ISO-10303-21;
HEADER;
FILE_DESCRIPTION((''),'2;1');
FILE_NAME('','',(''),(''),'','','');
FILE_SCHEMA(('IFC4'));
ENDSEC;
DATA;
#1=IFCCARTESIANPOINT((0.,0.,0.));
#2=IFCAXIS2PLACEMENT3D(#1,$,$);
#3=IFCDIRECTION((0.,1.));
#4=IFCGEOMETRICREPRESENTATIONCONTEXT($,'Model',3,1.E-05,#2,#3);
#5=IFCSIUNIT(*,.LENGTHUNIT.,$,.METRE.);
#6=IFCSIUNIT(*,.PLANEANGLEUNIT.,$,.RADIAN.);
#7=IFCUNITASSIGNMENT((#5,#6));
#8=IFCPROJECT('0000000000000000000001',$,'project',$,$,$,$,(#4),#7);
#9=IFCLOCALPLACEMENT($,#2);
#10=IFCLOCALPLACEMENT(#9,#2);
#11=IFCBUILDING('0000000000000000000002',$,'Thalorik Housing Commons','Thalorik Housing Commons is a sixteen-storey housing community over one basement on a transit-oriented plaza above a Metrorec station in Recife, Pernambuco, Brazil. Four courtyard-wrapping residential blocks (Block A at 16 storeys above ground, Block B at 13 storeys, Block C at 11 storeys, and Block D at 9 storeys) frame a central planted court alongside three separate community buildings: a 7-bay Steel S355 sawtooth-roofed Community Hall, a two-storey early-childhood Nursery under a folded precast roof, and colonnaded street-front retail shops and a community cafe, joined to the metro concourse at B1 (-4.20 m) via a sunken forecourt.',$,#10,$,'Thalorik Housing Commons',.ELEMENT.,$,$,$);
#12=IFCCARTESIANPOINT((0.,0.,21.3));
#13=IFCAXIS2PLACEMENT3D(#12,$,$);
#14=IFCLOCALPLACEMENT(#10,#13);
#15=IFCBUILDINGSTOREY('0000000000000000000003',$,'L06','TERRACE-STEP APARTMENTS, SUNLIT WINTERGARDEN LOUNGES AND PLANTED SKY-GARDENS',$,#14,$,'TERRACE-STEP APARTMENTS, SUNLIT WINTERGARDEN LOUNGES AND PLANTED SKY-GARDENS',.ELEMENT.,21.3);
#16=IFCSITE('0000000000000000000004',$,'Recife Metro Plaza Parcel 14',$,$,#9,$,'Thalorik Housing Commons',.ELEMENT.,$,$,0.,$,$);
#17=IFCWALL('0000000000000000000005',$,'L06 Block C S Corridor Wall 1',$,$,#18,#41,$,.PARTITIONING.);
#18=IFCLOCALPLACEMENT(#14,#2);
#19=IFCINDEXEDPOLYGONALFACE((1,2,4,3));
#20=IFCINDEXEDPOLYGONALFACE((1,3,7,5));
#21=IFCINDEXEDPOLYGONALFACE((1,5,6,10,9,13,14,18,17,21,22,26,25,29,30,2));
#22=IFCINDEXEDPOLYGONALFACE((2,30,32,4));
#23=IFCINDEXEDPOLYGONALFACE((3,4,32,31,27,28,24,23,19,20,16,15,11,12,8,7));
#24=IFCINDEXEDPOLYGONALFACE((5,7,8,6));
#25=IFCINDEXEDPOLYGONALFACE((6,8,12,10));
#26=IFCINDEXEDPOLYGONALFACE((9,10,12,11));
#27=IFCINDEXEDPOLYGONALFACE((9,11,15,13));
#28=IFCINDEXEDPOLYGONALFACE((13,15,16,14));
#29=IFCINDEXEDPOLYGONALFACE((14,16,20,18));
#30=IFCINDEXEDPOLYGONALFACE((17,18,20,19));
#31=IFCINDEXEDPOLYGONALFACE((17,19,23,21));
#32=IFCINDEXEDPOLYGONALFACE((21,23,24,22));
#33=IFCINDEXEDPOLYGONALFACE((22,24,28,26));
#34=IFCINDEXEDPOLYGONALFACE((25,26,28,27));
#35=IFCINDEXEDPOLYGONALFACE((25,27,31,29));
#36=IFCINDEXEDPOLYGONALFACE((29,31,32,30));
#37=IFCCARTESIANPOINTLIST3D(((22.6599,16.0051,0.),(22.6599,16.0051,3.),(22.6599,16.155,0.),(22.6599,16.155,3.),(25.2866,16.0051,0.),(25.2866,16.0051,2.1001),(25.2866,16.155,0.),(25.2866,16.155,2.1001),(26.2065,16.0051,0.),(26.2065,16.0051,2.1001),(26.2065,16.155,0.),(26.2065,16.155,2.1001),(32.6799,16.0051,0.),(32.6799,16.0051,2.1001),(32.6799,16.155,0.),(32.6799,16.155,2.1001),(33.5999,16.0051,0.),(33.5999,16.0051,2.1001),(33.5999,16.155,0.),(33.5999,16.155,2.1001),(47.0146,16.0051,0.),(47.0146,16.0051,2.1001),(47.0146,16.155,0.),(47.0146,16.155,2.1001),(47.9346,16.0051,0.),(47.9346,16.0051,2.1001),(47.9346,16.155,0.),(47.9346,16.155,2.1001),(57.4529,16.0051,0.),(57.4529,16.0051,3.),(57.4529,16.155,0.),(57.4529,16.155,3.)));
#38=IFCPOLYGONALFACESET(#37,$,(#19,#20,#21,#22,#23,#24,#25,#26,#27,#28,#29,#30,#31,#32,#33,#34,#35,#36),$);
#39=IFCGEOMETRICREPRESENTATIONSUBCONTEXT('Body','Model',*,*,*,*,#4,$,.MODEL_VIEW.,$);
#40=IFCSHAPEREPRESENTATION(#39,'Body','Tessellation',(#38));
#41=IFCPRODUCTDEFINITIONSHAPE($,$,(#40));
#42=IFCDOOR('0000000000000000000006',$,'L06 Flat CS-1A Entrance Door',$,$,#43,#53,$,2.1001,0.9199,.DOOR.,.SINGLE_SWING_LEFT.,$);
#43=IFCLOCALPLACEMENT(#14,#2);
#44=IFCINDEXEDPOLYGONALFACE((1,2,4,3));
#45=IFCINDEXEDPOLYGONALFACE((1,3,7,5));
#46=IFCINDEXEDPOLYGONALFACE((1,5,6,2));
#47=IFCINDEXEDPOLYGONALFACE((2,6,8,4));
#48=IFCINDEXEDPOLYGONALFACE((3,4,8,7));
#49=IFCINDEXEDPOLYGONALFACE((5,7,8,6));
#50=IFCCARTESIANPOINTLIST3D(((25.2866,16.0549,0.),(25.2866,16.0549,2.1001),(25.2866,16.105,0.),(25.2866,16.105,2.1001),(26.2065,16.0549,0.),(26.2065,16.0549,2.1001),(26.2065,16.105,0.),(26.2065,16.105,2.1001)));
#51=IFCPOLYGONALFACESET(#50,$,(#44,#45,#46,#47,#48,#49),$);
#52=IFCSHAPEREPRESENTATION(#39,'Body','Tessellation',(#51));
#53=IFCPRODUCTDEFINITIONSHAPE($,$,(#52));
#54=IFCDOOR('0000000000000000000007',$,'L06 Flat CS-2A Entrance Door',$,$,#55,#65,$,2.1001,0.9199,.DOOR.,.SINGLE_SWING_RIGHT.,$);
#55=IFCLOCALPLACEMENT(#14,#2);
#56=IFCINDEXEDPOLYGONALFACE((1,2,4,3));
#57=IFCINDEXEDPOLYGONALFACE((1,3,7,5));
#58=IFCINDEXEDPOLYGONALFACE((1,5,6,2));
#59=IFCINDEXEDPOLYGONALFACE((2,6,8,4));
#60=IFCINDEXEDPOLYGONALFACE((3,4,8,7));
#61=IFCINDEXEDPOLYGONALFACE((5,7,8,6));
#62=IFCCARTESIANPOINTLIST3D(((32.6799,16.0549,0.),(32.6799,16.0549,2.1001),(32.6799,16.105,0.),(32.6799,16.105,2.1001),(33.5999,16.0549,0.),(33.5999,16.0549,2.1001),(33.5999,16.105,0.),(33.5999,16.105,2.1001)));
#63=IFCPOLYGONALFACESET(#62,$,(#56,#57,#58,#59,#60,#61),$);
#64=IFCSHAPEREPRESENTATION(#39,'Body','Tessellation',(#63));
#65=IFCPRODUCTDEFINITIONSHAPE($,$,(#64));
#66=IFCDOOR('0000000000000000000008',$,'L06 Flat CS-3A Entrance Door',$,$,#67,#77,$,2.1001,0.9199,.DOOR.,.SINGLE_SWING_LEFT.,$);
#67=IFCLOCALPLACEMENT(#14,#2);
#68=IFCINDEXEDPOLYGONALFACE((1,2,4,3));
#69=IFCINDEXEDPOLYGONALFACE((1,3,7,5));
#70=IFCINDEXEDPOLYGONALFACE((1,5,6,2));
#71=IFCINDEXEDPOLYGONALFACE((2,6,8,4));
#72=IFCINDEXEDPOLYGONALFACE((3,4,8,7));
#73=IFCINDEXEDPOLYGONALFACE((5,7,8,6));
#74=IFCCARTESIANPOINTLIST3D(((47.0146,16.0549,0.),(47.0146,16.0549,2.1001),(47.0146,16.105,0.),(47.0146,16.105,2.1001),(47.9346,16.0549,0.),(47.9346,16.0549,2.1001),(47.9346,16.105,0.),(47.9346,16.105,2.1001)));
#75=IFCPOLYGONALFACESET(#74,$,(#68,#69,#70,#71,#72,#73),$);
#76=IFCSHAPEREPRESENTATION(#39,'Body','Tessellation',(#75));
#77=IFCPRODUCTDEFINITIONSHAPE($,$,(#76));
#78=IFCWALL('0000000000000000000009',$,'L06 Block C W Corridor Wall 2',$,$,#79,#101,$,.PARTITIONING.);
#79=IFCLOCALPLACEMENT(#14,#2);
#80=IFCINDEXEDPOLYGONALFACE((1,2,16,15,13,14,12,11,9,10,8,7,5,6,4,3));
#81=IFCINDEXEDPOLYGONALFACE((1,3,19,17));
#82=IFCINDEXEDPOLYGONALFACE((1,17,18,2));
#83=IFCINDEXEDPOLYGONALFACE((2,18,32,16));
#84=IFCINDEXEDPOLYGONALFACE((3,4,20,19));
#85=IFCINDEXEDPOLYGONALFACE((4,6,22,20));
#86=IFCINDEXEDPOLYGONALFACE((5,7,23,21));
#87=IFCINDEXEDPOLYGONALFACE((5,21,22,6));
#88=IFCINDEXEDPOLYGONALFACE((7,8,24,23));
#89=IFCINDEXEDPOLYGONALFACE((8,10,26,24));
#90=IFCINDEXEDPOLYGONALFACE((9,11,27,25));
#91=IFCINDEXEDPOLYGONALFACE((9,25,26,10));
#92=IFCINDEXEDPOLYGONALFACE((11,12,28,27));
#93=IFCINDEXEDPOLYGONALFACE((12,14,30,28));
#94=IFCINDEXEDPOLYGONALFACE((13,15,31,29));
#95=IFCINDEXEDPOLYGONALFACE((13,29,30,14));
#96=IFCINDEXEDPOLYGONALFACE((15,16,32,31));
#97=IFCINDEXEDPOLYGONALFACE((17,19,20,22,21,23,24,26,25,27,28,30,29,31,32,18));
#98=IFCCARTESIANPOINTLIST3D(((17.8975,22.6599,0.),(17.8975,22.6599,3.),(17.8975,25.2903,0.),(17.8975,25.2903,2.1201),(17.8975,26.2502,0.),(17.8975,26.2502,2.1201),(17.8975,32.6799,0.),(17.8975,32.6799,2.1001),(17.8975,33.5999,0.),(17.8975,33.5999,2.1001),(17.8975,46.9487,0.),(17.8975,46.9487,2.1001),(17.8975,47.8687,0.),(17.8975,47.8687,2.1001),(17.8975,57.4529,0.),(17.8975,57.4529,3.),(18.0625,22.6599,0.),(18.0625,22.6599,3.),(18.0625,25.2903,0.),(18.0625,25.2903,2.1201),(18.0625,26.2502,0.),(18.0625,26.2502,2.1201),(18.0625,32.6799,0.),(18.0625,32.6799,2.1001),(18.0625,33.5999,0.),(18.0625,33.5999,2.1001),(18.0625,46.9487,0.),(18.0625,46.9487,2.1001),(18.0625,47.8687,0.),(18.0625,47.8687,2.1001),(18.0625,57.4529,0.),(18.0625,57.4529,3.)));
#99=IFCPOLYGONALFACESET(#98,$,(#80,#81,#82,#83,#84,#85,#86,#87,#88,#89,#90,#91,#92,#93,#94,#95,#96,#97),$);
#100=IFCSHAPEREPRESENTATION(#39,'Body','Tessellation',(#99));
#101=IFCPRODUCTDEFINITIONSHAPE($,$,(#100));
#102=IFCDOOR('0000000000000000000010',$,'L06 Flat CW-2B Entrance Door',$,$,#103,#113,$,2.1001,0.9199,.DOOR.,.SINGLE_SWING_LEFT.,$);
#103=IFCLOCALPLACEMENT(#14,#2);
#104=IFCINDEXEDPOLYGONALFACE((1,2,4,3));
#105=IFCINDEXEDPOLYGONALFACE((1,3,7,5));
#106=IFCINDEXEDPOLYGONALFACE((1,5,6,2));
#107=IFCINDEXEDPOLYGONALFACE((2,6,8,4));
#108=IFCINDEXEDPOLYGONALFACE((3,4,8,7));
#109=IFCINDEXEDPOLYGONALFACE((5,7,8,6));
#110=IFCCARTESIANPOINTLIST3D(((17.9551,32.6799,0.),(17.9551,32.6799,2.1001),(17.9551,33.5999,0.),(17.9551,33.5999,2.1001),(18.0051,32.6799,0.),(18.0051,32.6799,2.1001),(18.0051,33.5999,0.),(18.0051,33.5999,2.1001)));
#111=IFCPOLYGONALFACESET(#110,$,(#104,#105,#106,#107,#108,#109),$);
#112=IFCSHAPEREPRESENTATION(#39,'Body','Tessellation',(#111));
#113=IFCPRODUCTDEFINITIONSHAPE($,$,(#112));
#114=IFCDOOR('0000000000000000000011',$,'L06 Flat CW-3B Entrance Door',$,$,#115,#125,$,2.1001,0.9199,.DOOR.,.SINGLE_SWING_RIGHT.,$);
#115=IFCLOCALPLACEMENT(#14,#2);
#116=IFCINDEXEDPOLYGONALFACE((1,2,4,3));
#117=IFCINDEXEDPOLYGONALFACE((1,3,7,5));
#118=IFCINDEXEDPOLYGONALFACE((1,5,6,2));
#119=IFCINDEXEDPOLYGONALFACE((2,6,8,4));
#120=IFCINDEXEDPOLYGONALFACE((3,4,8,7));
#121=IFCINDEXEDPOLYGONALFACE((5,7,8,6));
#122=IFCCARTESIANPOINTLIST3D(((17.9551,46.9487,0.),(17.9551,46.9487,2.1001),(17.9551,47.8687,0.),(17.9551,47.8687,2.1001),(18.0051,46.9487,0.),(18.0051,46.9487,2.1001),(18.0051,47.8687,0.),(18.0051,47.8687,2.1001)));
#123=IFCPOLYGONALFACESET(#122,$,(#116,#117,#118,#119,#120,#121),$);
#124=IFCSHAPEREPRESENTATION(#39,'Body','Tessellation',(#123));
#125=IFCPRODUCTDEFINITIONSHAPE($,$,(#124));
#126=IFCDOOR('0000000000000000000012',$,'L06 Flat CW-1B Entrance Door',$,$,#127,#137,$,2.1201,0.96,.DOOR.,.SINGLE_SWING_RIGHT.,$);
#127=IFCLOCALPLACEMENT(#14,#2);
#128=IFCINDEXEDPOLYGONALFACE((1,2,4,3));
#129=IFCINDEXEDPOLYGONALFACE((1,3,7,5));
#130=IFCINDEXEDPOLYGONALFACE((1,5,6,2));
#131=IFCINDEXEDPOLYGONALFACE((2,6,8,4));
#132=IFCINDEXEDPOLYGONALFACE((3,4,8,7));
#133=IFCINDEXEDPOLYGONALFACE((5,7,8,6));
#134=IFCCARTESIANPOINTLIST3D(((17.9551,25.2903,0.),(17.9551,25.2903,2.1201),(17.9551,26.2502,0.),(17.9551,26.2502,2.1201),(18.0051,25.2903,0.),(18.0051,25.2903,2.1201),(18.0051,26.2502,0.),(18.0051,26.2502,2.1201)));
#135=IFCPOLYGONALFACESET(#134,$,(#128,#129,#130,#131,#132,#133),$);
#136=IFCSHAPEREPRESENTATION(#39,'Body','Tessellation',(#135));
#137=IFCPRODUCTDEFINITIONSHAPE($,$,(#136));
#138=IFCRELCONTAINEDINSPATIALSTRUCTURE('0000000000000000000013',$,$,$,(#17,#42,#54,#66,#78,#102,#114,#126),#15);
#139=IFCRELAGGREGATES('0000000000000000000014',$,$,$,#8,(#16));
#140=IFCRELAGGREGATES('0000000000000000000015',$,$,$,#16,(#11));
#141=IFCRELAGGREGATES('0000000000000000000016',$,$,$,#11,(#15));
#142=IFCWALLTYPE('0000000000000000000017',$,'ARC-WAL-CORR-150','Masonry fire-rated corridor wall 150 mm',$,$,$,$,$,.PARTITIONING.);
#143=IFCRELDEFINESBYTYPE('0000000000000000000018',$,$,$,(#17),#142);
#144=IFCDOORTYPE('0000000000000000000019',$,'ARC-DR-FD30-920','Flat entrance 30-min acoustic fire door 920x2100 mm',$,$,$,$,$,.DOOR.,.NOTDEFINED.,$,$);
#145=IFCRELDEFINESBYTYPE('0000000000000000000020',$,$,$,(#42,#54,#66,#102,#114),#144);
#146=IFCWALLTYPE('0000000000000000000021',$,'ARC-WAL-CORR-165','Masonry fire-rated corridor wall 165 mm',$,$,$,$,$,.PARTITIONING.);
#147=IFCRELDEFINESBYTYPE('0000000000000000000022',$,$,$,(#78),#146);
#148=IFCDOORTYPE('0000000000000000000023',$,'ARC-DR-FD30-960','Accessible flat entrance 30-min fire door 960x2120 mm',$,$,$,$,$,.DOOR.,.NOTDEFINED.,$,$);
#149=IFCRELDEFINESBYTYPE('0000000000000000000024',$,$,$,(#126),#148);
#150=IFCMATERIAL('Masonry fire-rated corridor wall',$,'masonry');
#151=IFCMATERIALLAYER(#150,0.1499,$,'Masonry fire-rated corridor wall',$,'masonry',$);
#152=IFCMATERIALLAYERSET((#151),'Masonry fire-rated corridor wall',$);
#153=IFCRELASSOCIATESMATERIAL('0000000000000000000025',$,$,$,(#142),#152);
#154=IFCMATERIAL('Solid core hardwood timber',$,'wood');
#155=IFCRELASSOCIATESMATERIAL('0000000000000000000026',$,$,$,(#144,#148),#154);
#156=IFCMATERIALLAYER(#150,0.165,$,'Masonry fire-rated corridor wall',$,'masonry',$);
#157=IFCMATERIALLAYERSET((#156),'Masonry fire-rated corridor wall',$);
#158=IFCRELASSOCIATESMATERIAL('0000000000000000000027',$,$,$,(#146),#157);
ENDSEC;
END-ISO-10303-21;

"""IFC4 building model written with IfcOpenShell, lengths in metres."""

from ifc_helpers import new_model, si_unit, direction, frame, frame_2d, origin, place, context, subcontext, project, spatial, rectangle, extrude, material, layer, layer_set, type_object, element, fill, save


model = new_model("IFC4")

# Units and contexts
model_context = context("Model", 3, precision=1e-05, world=origin(), true_north=direction((0.0, 1.0)))
body_context = subcontext(model_context, "Body", "Model", "MODEL_VIEW")
ifc_project = project(units=[si_unit("LENGTHUNIT", "METRE"), si_unit("PLANEANGLEUNIT", "RADIAN")], contexts=[model_context])

# Site, building, storey
site_placement = place(None, origin())
site = spatial("IfcSite", under=ifc_project, at=site_placement, Name="Recife Metro Plaza Parcel 14", LongName="Thalorik Housing Commons", CompositionType="ELEMENT", RefElevation=0.0)
building_placement = place(site_placement, origin())
building = spatial("IfcBuilding", under=site, at=building_placement, Name="Thalorik Housing Commons", Description="Thalorik Housing Commons is a sixteen-storey housing community over one basement on a transit-oriented plaza above a Metrorec station in Recife, Pernambuco, Brazil. Four courtyard-wrapping residential blocks (Block A at 16 storeys above ground, Block B at 13 storeys, Block C at 11 storeys, and Block D at 9 storeys) frame a central planted court alongside three separate community buildings: a 7-bay Steel S355 sawtooth-roofed Community Hall, a two-storey early-childhood Nursery under a folded precast roof, and colonnaded street-front retail shops and a community cafe, joined to the metro concourse at B1 (-4.20 m) via a sunken forecourt.", LongName="Thalorik Housing Commons", CompositionType="ELEMENT")
storey_placement = place(building_placement, frame((0.0, 0.0, 21.3)))
storey = spatial("IfcBuildingStorey", under=building, at=storey_placement, Name="L06", Description="TERRACE-STEP APARTMENTS, SUNLIT WINTERGARDEN LOUNGES AND PLANTED SKY-GARDENS", LongName="TERRACE-STEP APARTMENTS, SUNLIT WINTERGARDEN LOUNGES AND PLANTED SKY-GARDENS", CompositionType="ELEMENT", Elevation=21.3)

# Walls, openings, doors
ifc_material_1 = material(Name="Masonry fire-rated corridor wall", Category="masonry")
ifc_layer_1 = layer(ifc_material_1, 0.1499, Name="Masonry fire-rated corridor wall", Category="masonry")
ifc_layer_set_1 = layer_set([ifc_layer_1], Name="Masonry fire-rated corridor wall")
wall_type_1 = type_object("IfcWallType", Name="ARC-WAL-CORR-150", Description="Masonry fire-rated corridor wall 150 mm", PredefinedType="PARTITIONING", material=ifc_layer_set_1)
ifc_material_2 = material(Name="Solid core hardwood timber", Category="wood")
door_type_1 = type_object("IfcDoorType", Name="ARC-DR-FD30-920", Description="Flat entrance 30-min acoustic fire door 920x2100 mm", OperationType="NOTDEFINED", PredefinedType="DOOR", material=ifc_material_2)
wall_1_placement = place(storey_placement, frame((22.6599, 16.0801, 0.0), z_axis=(0.0, 0.0, 1.0), x_axis=(1.0, 0.0, 0.0)))
wall_1 = element("IfcWall", 1, at=wall_1_placement, inside=storey, type_object=wall_type_1, Name="L06 Block C S Corridor Wall 1", PredefinedType="PARTITIONING", context=body_context, shape_type="SweptSolid", body=[
    extrude(rectangle(XDim=34.793, YDim=0.1499, at=frame_2d((17.3965, 0.0))), origin(), (0.0, 0.0, 1.0), 3.0),
])
opening_1_placement = place(wall_1_placement, frame((2.6267, 0.0, 0.0)))
opening_1 = element("IfcOpeningElement", 2, at=opening_1_placement, cuts=wall_1, PredefinedType="OPENING", context=body_context, shape_type="SweptSolid", body=[
    extrude(rectangle(XDim=0.9199, YDim=2.1001, at=frame_2d((0.46, 1.05))), frame((0.0, 0.085, 0.0), z_axis=(0.0, -1.0, 0.0), x_axis=(1.0, 0.0, 0.0)), (0.0, 0.0, 1.0), 0.1699),
])
opening_2_placement = place(wall_1_placement, frame((10.02, 0.0, 0.0)))
opening_2 = element("IfcOpeningElement", 3, at=opening_2_placement, cuts=wall_1, PredefinedType="OPENING", context=body_context, shape_type="SweptSolid", body=[
    extrude(rectangle(XDim=0.9199, YDim=2.1001, at=frame_2d((0.46, 1.05))), frame((0.0, 0.085, 0.0), z_axis=(0.0, -1.0, 0.0), x_axis=(1.0, 0.0, 0.0)), (0.0, 0.0, 1.0), 0.1699),
])
opening_3_placement = place(wall_1_placement, frame((24.3547, 0.0, 0.0)))
opening_3 = element("IfcOpeningElement", 4, at=opening_3_placement, cuts=wall_1, PredefinedType="OPENING", context=body_context, shape_type="SweptSolid", body=[
    extrude(rectangle(XDim=0.9199, YDim=2.1001, at=frame_2d((0.46, 1.05))), frame((0.0, 0.085, 0.0), z_axis=(0.0, -1.0, 0.0), x_axis=(1.0, 0.0, 0.0)), (0.0, 0.0, 1.0), 0.1699),
])
door_1_placement = place(opening_1_placement, origin())
door_1 = element("IfcDoor", 5, at=door_1_placement, inside=storey, type_object=door_type_1, Name="L06 Flat CS-1A Entrance Door", OperationType="SINGLE_SWING_LEFT", OverallHeight=2.1001, OverallWidth=0.9199, PredefinedType="DOOR", context=body_context, shape_type="SweptSolid", body=[
    extrude(rectangle(XDim=0.9199, YDim=2.1001, at=frame_2d((0.46, 1.05))), frame((0.0, 0.0249, 0.0), z_axis=(0.0, -1.0, 0.0), x_axis=(1.0, 0.0, 0.0)), (0.0, 0.0, 1.0), 0.05),
])
fill(opening_1, door_1)
door_2_placement = place(opening_2_placement, origin())
door_2 = element("IfcDoor", 6, at=door_2_placement, inside=storey, type_object=door_type_1, Name="L06 Flat CS-2A Entrance Door", OperationType="SINGLE_SWING_RIGHT", OverallHeight=2.1001, OverallWidth=0.9199, PredefinedType="DOOR", context=body_context, shape_type="SweptSolid", body=[
    extrude(rectangle(XDim=0.9199, YDim=2.1001, at=frame_2d((0.46, 1.05))), frame((0.0, 0.0249, 0.0), z_axis=(0.0, -1.0, 0.0), x_axis=(1.0, 0.0, 0.0)), (0.0, 0.0, 1.0), 0.05),
])
fill(opening_2, door_2)
door_3_placement = place(opening_3_placement, origin())
door_3 = element("IfcDoor", 7, at=door_3_placement, inside=storey, type_object=door_type_1, Name="L06 Flat CS-3A Entrance Door", OperationType="SINGLE_SWING_LEFT", OverallHeight=2.1001, OverallWidth=0.9199, PredefinedType="DOOR", context=body_context, shape_type="SweptSolid", body=[
    extrude(rectangle(XDim=0.9199, YDim=2.1001, at=frame_2d((0.46, 1.05))), frame((0.0, 0.0249, 0.0), z_axis=(0.0, -1.0, 0.0), x_axis=(1.0, 0.0, 0.0)), (0.0, 0.0, 1.0), 0.05),
])
fill(opening_3, door_3)
ifc_layer_2 = layer(ifc_material_1, 0.165, Name="Masonry fire-rated corridor wall", Category="masonry")
ifc_layer_set_2 = layer_set([ifc_layer_2], Name="Masonry fire-rated corridor wall")
wall_type_2 = type_object("IfcWallType", Name="ARC-WAL-CORR-165", Description="Masonry fire-rated corridor wall 165 mm", PredefinedType="PARTITIONING", material=ifc_layer_set_2)
wall_2_placement = place(storey_placement, frame((17.98, 22.6599, 0.0), z_axis=(0.0, 0.0, 1.0), x_axis=(0.0, 1.0, 0.0)))
wall_2 = element("IfcWall", 8, at=wall_2_placement, inside=storey, type_object=wall_type_2, Name="L06 Block C W Corridor Wall 2", PredefinedType="PARTITIONING", context=body_context, shape_type="SweptSolid", body=[
    extrude(rectangle(XDim=34.793, YDim=0.165, at=frame_2d((17.3965, 0.0))), origin(), (0.0, 0.0, 1.0), 3.0),
])
opening_4_placement = place(wall_2_placement, frame((2.6304, 0.0, 0.0)))
opening_4 = element("IfcOpeningElement", 9, at=opening_4_placement, cuts=wall_2, PredefinedType="OPENING", context=body_context, shape_type="SweptSolid", body=[
    extrude(rectangle(XDim=0.96, YDim=2.1201, at=frame_2d((0.48, 1.0601))), frame((0.0, 0.0925, 0.0), z_axis=(0.0, -1.0, 0.0), x_axis=(1.0, 0.0, 0.0)), (0.0, 0.0, 1.0), 0.1851),
])
opening_5_placement = place(wall_2_placement, frame((10.02, 0.0, 0.0)))
opening_5 = element("IfcOpeningElement", 10, at=opening_5_placement, cuts=wall_2, PredefinedType="OPENING", context=body_context, shape_type="SweptSolid", body=[
    extrude(rectangle(XDim=0.9199, YDim=2.1001, at=frame_2d((0.46, 1.05))), frame((0.0, 0.0925, 0.0), z_axis=(0.0, -1.0, 0.0), x_axis=(1.0, 0.0, 0.0)), (0.0, 0.0, 1.0), 0.1851),
])
opening_6_placement = place(wall_2_placement, frame((24.2888, 0.0, 0.0)))
opening_6 = element("IfcOpeningElement", 11, at=opening_6_placement, cuts=wall_2, PredefinedType="OPENING", context=body_context, shape_type="SweptSolid", body=[
    extrude(rectangle(XDim=0.9199, YDim=2.1001, at=frame_2d((0.46, 1.05))), frame((0.0, 0.0925, 0.0), z_axis=(0.0, -1.0, 0.0), x_axis=(1.0, 0.0, 0.0)), (0.0, 0.0, 1.0), 0.1851),
])
door_4_placement = place(opening_5_placement, origin())
door_4 = element("IfcDoor", 12, at=door_4_placement, inside=storey, type_object=door_type_1, Name="L06 Flat CW-2B Entrance Door", OperationType="SINGLE_SWING_LEFT", OverallHeight=2.1001, OverallWidth=0.9199, PredefinedType="DOOR", context=body_context, shape_type="SweptSolid", body=[
    extrude(rectangle(XDim=0.9199, YDim=2.1001, at=frame_2d((0.46, 1.05))), frame((0.0, 0.0249, 0.0), z_axis=(0.0, -1.0, 0.0), x_axis=(1.0, 0.0, 0.0)), (0.0, 0.0, 1.0), 0.05),
])
fill(opening_5, door_4)
door_5_placement = place(opening_6_placement, origin())
door_5 = element("IfcDoor", 13, at=door_5_placement, inside=storey, type_object=door_type_1, Name="L06 Flat CW-3B Entrance Door", OperationType="SINGLE_SWING_RIGHT", OverallHeight=2.1001, OverallWidth=0.9199, PredefinedType="DOOR", context=body_context, shape_type="SweptSolid", body=[
    extrude(rectangle(XDim=0.9199, YDim=2.1001, at=frame_2d((0.46, 1.05))), frame((0.0, 0.0249, 0.0), z_axis=(0.0, -1.0, 0.0), x_axis=(1.0, 0.0, 0.0)), (0.0, 0.0, 1.0), 0.05),
])
fill(opening_6, door_5)
door_type_2 = type_object("IfcDoorType", Name="ARC-DR-FD30-960", Description="Accessible flat entrance 30-min fire door 960x2120 mm", OperationType="NOTDEFINED", PredefinedType="DOOR", material=ifc_material_2)
door_6_placement = place(opening_4_placement, origin())
door_6 = element("IfcDoor", 14, at=door_6_placement, inside=storey, type_object=door_type_2, Name="L06 Flat CW-1B Entrance Door", OperationType="SINGLE_SWING_RIGHT", OverallHeight=2.1201, OverallWidth=0.96, PredefinedType="DOOR", context=body_context, shape_type="SweptSolid", body=[
    extrude(rectangle(XDim=0.96, YDim=2.1201, at=frame_2d((0.48, 1.0601))), frame((0.0, 0.0249, 0.0), z_axis=(0.0, -1.0, 0.0), x_axis=(1.0, 0.0, 0.0)), (0.0, 0.0, 1.0), 0.05),
])
fill(opening_4, door_6)

save(model, "model.ifc")
